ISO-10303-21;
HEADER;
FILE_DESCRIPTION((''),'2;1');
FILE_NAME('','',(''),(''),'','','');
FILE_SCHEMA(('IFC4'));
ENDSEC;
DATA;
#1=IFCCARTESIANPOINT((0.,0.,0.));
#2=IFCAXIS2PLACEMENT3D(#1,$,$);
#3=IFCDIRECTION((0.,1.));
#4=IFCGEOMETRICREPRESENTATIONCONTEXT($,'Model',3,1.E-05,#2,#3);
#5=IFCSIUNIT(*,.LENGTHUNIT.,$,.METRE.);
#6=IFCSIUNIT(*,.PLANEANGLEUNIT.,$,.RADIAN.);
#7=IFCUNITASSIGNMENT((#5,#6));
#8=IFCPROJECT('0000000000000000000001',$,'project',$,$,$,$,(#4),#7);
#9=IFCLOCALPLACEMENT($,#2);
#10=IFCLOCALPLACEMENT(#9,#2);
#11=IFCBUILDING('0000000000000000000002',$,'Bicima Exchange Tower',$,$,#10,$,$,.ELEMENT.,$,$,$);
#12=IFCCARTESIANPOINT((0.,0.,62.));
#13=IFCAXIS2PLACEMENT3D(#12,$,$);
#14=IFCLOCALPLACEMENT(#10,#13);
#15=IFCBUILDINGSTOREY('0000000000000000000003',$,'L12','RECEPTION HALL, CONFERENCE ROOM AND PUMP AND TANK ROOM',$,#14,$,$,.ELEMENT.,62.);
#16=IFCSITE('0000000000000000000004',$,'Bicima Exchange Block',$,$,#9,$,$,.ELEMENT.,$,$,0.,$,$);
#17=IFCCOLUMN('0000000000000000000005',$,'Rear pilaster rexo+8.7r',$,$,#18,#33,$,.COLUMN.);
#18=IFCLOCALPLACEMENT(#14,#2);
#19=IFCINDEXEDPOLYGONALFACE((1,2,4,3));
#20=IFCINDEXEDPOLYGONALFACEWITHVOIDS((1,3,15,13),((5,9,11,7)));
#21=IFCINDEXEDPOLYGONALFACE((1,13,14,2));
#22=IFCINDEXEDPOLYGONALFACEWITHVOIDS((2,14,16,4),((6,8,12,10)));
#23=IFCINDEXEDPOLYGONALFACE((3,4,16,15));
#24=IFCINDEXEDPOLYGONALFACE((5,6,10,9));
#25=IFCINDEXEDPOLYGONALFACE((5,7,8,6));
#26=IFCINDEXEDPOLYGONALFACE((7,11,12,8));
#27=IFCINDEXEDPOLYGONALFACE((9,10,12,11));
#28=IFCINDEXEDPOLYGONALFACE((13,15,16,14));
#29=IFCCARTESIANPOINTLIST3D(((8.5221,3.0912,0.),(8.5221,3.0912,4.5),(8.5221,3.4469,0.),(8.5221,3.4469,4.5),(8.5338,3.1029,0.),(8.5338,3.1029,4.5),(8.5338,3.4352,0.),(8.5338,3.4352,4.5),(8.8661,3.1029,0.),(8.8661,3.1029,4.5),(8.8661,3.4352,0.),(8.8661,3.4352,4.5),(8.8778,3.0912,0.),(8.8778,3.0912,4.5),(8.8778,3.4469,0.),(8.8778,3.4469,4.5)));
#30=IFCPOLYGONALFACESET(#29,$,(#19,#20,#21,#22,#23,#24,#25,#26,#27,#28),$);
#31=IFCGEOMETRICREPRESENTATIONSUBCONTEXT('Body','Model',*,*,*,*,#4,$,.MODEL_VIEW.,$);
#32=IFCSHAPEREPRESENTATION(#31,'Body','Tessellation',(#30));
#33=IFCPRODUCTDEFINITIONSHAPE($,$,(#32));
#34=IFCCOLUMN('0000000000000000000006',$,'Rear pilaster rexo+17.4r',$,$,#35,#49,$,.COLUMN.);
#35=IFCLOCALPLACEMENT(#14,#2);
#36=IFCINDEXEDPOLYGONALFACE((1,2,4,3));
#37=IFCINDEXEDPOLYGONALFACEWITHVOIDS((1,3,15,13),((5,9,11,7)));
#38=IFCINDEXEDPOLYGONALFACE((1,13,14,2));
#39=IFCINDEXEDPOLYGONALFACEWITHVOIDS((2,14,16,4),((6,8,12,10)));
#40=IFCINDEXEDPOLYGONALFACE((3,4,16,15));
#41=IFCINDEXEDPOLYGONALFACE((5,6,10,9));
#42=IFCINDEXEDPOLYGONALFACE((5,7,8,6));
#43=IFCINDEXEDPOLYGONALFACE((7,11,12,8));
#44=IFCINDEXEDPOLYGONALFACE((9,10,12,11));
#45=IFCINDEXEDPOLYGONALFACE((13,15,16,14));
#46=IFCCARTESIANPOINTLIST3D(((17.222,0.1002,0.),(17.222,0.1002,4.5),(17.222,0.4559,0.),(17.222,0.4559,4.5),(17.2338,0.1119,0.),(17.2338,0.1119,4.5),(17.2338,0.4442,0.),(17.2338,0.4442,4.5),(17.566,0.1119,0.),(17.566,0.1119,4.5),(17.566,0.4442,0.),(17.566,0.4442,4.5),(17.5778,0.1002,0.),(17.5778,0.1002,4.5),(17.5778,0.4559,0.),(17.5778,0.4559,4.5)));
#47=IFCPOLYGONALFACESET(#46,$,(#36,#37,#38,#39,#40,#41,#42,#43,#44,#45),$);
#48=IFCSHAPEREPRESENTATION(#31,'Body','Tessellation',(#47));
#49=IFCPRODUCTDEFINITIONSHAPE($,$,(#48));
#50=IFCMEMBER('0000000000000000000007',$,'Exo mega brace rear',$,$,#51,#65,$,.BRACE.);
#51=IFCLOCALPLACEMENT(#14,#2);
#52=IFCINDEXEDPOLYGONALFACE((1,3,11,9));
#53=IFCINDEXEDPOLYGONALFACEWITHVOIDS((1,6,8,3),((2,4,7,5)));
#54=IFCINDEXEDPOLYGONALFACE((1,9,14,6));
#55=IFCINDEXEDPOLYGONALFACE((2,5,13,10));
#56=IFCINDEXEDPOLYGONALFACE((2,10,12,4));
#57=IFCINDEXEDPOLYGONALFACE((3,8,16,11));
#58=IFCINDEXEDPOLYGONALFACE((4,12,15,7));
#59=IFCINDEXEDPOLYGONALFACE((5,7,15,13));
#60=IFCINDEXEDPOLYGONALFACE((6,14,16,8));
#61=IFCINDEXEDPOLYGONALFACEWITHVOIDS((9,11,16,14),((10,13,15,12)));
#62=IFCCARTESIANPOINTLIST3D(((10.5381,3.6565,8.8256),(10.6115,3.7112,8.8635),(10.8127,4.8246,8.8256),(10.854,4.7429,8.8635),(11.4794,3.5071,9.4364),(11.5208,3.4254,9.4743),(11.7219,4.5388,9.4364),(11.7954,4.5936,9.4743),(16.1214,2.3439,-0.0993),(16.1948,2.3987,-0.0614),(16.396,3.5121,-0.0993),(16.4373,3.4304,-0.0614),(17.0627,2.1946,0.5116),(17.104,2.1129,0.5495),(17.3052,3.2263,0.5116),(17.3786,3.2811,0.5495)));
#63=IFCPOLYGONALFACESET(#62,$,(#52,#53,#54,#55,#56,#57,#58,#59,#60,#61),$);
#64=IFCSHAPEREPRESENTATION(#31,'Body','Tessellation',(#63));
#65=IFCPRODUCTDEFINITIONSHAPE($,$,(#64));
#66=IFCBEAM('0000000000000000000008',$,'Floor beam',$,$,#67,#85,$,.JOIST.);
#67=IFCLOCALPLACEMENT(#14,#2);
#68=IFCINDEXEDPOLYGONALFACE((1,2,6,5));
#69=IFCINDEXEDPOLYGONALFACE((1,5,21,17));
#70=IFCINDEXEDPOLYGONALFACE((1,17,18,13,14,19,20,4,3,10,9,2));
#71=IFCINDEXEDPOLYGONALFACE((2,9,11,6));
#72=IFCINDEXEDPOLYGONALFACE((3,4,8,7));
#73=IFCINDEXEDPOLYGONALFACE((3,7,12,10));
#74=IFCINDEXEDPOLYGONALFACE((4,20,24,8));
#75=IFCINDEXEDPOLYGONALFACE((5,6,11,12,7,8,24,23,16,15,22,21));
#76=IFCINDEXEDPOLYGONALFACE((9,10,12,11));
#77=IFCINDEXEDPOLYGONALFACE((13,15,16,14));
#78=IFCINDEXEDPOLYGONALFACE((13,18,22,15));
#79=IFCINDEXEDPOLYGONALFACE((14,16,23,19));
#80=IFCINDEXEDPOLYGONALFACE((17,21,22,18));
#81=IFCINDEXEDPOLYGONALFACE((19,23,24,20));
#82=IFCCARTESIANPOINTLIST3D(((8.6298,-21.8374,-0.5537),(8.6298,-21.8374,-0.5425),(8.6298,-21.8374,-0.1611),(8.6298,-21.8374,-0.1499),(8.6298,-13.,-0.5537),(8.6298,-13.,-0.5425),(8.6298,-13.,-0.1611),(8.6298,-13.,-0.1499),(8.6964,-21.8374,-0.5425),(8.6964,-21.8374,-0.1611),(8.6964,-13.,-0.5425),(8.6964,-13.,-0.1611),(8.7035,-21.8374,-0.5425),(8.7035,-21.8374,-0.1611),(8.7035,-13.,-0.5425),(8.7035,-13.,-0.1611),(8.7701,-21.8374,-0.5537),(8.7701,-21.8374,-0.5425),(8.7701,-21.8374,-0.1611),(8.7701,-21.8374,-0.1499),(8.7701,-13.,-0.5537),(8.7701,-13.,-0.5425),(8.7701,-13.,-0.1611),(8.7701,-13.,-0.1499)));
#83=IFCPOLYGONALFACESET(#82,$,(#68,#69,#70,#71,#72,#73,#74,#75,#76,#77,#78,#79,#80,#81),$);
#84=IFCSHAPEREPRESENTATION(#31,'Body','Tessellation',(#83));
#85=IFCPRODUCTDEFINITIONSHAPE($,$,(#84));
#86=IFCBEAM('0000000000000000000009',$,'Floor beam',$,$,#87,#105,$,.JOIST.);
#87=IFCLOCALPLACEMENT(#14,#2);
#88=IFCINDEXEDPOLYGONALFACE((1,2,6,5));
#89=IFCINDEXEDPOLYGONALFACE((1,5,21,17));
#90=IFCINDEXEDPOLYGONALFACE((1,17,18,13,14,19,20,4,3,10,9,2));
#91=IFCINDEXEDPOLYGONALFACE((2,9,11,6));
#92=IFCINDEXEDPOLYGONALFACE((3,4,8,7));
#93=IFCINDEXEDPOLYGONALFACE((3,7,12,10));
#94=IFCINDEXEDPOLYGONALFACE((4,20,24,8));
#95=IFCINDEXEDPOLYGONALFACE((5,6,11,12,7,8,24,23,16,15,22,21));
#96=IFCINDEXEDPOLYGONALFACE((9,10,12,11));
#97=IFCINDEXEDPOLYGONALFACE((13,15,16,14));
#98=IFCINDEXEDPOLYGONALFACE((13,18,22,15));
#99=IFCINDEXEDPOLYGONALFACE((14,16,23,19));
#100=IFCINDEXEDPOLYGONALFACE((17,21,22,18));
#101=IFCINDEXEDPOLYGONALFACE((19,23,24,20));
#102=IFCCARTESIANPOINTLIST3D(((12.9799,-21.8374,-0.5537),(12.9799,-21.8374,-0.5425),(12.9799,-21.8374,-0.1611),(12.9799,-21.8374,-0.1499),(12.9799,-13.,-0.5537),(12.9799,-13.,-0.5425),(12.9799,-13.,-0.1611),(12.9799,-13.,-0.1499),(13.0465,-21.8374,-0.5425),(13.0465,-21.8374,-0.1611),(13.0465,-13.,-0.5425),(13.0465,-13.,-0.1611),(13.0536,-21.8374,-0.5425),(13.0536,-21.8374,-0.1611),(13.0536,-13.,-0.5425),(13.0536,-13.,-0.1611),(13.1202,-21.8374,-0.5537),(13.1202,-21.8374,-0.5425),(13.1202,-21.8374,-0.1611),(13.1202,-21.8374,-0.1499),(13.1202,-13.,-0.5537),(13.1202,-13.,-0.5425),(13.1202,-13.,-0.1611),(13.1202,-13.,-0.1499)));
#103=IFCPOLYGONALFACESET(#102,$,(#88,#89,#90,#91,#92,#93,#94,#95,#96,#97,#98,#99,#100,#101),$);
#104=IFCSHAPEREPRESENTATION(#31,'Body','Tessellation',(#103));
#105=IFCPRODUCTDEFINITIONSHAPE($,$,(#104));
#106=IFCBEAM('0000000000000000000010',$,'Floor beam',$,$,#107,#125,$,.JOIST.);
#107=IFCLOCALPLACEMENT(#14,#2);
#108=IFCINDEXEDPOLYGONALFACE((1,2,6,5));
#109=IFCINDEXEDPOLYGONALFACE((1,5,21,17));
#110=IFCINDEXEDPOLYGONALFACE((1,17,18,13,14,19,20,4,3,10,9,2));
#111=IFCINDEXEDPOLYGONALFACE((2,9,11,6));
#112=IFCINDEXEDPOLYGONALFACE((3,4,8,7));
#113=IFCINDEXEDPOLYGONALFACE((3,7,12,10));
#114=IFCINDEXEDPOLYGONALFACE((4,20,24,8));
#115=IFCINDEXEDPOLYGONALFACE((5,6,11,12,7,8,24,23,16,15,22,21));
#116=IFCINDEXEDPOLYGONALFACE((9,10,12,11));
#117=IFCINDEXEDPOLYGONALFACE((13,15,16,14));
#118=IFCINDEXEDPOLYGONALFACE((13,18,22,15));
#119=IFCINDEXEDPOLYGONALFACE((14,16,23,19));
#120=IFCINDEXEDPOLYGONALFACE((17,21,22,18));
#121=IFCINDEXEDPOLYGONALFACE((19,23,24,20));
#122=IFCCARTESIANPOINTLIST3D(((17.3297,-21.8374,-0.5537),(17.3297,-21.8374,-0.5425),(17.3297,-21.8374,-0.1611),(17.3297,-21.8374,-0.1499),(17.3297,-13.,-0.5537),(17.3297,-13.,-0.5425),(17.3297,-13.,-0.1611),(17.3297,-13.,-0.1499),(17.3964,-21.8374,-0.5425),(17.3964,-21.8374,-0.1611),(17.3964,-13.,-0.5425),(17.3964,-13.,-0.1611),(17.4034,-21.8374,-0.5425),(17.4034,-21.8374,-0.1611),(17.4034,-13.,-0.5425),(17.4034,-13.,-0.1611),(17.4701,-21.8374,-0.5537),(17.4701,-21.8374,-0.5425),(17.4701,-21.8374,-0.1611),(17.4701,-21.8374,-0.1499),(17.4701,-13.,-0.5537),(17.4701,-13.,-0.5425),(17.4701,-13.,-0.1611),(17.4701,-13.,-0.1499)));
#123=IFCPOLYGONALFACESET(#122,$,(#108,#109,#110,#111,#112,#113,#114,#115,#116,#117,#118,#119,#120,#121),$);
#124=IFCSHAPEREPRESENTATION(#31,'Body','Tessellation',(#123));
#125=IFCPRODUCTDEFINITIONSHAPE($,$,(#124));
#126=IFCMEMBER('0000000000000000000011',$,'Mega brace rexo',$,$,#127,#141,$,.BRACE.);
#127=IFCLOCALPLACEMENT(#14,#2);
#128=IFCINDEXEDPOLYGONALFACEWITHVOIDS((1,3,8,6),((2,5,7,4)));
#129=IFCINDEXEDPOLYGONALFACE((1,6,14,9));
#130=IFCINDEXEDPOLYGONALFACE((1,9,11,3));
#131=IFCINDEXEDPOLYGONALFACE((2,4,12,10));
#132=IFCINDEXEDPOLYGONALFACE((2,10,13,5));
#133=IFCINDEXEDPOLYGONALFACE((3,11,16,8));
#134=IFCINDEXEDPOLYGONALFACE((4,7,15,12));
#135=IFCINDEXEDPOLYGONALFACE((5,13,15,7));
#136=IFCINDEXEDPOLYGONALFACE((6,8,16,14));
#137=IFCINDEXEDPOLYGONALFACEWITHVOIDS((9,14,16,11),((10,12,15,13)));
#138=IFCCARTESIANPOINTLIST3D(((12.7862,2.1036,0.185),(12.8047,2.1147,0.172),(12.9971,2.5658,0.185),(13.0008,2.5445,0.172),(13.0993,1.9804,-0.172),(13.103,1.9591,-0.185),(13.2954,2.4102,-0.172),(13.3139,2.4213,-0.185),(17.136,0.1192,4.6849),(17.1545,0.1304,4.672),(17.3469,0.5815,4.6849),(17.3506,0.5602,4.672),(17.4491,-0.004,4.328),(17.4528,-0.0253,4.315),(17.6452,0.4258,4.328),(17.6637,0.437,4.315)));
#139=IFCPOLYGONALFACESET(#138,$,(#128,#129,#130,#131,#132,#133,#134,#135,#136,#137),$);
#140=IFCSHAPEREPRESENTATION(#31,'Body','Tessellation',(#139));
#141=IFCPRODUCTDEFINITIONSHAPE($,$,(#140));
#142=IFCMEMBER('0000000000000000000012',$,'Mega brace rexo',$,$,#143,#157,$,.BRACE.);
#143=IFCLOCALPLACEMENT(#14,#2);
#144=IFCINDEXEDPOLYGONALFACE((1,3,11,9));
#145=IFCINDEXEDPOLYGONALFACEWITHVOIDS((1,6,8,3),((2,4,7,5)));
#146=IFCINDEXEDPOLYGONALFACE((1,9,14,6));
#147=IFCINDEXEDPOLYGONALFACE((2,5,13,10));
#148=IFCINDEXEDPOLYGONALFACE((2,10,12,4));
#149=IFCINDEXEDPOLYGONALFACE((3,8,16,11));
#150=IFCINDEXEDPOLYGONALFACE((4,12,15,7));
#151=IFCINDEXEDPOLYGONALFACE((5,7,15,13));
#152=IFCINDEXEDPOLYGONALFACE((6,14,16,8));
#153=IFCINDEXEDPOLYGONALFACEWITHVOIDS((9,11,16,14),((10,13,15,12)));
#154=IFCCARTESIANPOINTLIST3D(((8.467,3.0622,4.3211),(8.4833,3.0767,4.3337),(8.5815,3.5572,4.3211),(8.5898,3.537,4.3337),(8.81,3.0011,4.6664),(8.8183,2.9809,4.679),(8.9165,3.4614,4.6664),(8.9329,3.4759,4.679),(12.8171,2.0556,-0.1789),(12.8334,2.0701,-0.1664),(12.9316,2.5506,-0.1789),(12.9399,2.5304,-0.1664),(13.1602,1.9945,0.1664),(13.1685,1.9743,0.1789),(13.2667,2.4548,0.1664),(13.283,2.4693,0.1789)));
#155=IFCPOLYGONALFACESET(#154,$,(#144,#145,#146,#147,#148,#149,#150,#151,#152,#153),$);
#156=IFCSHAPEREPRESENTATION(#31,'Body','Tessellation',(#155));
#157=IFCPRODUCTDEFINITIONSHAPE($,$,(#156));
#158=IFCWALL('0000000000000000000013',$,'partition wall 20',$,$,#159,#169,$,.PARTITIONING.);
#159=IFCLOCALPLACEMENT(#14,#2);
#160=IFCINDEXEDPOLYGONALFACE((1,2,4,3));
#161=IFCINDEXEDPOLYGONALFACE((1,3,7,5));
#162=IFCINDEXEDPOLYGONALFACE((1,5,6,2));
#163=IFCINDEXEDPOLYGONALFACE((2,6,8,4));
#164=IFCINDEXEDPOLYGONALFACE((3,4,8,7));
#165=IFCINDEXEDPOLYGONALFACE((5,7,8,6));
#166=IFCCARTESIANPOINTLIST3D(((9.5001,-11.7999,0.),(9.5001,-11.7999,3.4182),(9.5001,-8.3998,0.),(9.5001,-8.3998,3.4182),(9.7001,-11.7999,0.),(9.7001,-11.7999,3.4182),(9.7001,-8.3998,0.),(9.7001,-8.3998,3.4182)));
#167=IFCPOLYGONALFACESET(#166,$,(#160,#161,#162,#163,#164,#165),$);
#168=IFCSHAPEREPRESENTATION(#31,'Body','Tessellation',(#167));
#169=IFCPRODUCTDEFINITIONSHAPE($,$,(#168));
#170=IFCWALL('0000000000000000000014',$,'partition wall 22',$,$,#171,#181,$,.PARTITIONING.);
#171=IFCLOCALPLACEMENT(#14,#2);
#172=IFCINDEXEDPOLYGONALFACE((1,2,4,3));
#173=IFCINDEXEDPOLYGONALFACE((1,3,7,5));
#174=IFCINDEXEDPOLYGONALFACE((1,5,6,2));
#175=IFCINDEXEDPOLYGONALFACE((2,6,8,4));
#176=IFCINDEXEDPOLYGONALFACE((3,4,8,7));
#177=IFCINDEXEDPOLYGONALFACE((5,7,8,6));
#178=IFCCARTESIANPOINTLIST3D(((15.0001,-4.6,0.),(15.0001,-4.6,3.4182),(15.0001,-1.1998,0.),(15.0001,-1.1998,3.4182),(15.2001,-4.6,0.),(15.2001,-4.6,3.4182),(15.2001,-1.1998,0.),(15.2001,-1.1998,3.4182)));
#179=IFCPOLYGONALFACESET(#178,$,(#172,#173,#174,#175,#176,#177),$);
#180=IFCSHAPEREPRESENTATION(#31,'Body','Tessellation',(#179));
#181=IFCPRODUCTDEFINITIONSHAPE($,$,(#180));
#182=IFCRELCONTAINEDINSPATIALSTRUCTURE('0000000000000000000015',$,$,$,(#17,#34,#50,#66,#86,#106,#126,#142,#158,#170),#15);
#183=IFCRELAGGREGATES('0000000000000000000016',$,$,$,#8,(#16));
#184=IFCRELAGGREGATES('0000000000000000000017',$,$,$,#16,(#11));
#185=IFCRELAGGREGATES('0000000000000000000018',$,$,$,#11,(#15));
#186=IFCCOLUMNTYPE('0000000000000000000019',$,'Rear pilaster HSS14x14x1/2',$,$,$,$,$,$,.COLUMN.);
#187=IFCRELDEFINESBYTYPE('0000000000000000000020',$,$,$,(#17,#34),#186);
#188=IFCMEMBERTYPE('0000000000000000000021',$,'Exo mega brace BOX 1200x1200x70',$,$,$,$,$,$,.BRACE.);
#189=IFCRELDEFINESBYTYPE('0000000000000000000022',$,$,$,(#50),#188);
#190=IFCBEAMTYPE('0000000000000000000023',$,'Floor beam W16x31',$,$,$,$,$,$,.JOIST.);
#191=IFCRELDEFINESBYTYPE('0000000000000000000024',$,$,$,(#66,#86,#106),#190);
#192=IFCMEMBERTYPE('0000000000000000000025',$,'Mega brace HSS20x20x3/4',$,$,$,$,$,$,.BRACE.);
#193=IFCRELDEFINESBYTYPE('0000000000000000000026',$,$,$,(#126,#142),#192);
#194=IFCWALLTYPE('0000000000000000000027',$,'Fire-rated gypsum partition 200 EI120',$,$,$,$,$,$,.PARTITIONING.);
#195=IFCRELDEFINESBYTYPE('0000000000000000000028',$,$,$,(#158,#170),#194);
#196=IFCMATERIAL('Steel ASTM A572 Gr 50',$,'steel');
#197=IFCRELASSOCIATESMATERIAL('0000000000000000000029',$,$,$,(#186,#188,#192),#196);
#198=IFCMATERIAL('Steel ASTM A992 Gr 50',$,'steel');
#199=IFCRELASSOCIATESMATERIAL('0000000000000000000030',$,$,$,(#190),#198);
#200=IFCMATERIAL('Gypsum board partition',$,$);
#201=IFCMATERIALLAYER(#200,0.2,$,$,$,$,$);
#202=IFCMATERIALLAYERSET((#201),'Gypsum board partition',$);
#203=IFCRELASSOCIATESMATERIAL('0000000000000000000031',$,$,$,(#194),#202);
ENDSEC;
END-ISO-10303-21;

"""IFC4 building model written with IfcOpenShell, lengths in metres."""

from ifc_helpers import new_model, si_unit, direction, frame, frame_2d, origin, origin_2d, place, context, subcontext, project, spatial, rectangle, hollow_rectangle, i_section, extrude, material, layer, layer_set, material_profile, profile_set, type_object, element, save


model = new_model("IFC4")

# Units and contexts
model_context = context("Model", 3, precision=1e-05, world=origin(), true_north=direction((0.0, 1.0)))
body_context = subcontext(model_context, "Body", "Model", "MODEL_VIEW")
ifc_project = project(units=[si_unit("LENGTHUNIT", "METRE"), si_unit("PLANEANGLEUNIT", "RADIAN")], contexts=[model_context])

# Site, building, storey
site_placement = place(None, origin())
site = spatial("IfcSite", under=ifc_project, at=site_placement, Name="Bicima Exchange Block", CompositionType="ELEMENT", RefElevation=0.0)
building_placement = place(site_placement, origin())
building = spatial("IfcBuilding", under=site, at=building_placement, Name="Bicima Exchange Tower", CompositionType="ELEMENT")
storey_placement = place(building_placement, frame((0.0, 0.0, 62.0)))
storey = spatial("IfcBuildingStorey", under=building, at=storey_placement, Name="L12", Description="RECEPTION HALL, CONFERENCE ROOM AND PUMP AND TANK ROOM", CompositionType="ELEMENT", Elevation=62.0)

# Columns
ifc_material_1 = material(Name="Steel ASTM A572 Gr 50", Category="steel")
ifc_material_profile_1 = material_profile(ifc_material_1, hollow_rectangle(XDim=0.3557, YDim=0.3557, WallThickness=0.0117, at=origin_2d()))
ifc_profile_set_1 = profile_set([ifc_material_profile_1], Name="Steel ASTM A572 Gr 50")
column_type = type_object("IfcColumnType", Name="Rear pilaster HSS14x14x1/2", PredefinedType="COLUMN", material=ifc_profile_set_1)
for number, where, z_axis, x_axis, name in (
    (1, (8.7, 3.269, 0.0), (0.0, 0.0, 1.0), (1.0, 0.0, 0.0), "Rear pilaster rexo+8.7r"),
    (2, (17.3999, 0.2781, 0.0), (0.0, 0.0, 1.0), (1.0, 0.0, 0.0), "Rear pilaster rexo+17.4r"),
):
    element("IfcColumn", number, at=place(storey_placement, frame(where, z_axis=z_axis, x_axis=x_axis)), inside=storey, type_object=column_type, Name=name, PredefinedType="COLUMN", context=body_context, shape_type="SweptSolid", body=[
        extrude(hollow_rectangle(XDim=0.3557, YDim=0.3557, WallThickness=0.0117, at=origin_2d()), origin(), (0.0, 0.0, 1.0), 4.5),
    ])

# Member
ifc_material_profile_2 = material_profile(ifc_material_1, hollow_rectangle(XDim=1.2, YDim=1.2, WallThickness=0.0701, at=origin_2d()))
ifc_profile_set_2 = profile_set([ifc_material_profile_2], Name="Steel ASTM A572 Gr 50")
member_type_1 = type_object("IfcMemberType", Name="Exo mega brace BOX 1200x1200x70", PredefinedType="BRACE", material=ifc_profile_set_2)
member_1_placement = place(storey_placement, frame((16.75, 2.8125, 0.2251), z_axis=(-0.526283, 0.123718, 0.841261), x_axis=(-0.22884, -0.973464, 0.0)))
element("IfcMember", 3, at=member_1_placement, inside=storey, type_object=member_type_1, Name="Exo mega brace rear", PredefinedType="BRACE", context=body_context, shape_type="SweptSolid", body=[
    extrude(hollow_rectangle(XDim=1.2, YDim=1.2, WallThickness=0.0701, at=origin_2d()), origin(), (0.0, 0.0, 1.0), 10.6089),
])

# Beams
ifc_material_2 = material(Name="Steel ASTM A992 Gr 50", Category="steel")
ifc_material_profile_3 = material_profile(ifc_material_2, i_section(OverallWidth=0.1404, OverallDepth=0.4038, WebThickness=0.0071, FlangeThickness=0.0112, at=origin_2d()))
ifc_profile_set_3 = profile_set([ifc_material_profile_3], Name="Steel ASTM A992 Gr 50")
beam_type = type_object("IfcBeamType", Name="Floor beam W16x31", PredefinedType="JOIST", material=ifc_profile_set_3)
for number, where, z_axis, x_axis, name in (
    (4, (8.7, -13.0, -0.3518), (0.0, -1.0, 0.0), (1.0, 0.0, 0.0), "Floor beam"),
    (5, (13.05, -13.0, -0.3518), (0.0, -1.0, 0.0), (1.0, 0.0, 0.0), "Floor beam"),
    (6, (17.3999, -13.0, -0.3518), (0.0, -1.0, 0.0), (1.0, 0.0, 0.0), "Floor beam"),
):
    element("IfcBeam", number, at=place(storey_placement, frame(where, z_axis=z_axis, x_axis=x_axis)), inside=storey, type_object=beam_type, Name=name, PredefinedType="JOIST", context=body_context, shape_type="SweptSolid", body=[
        extrude(i_section(OverallWidth=0.1404, OverallDepth=0.4038, WebThickness=0.0071, FlangeThickness=0.0112, at=origin_2d()), origin(), (0.0, 0.0, 1.0), 8.8374),
    ])

# Members
ifc_material_profile_4 = material_profile(ifc_material_1, hollow_rectangle(XDim=0.5081, YDim=0.5081, WallThickness=0.0178, at=origin_2d()))
ifc_profile_set_4 = profile_set([ifc_material_profile_4], Name="Steel ASTM A572 Gr 50")
member_type_2 = type_object("IfcMemberType", Name="Mega brace HSS20x20x3/4", PredefinedType="BRACE", material=ifc_profile_set_4)
member_2_placement = place(storey_placement, frame((13.05, 2.2625, 0.0), z_axis=(0.662508, -0.302232, 0.685376), x_axis=(0.415045, 0.909801, 0.0)))
element("IfcMember", 7, at=member_2_placement, inside=storey, type_object=member_type_2, Name="Mega brace rexo", PredefinedType="BRACE", context=body_context, shape_type="SweptSolid", body=[
    extrude(hollow_rectangle(XDim=0.5081, YDim=0.5081, WallThickness=0.0178, at=origin_2d()), origin(), (0.0, 0.0, 1.0), 6.5657),
])
member_3_placement = place(storey_placement, frame((13.05, 2.2625, 0.0), z_axis=(-0.686212, 0.158786, 0.709859), x_axis=(-0.225439, -0.974257, 0.0)))
element("IfcMember", 8, at=member_3_placement, inside=storey, type_object=member_type_2, Name="Mega brace rexo", PredefinedType="BRACE", context=body_context, shape_type="SweptSolid", body=[
    extrude(hollow_rectangle(XDim=0.5081, YDim=0.5081, WallThickness=0.0178, at=origin_2d()), origin(), (0.0, 0.0, 1.0), 6.3394),
])

# Walls
ifc_material_3 = material(Name="Gypsum board partition")
ifc_layer_1 = layer(ifc_material_3, 0.2)
ifc_layer_set_1 = layer_set([ifc_layer_1], Name="Gypsum board partition")
wall_type_1 = type_object("IfcWallType", Name="Fire-rated gypsum partition 200 EI120", PredefinedType="PARTITIONING", material=ifc_layer_set_1)
for number, where, z_axis, x_axis, name in (
    (9, (9.6001, -11.8, 0.0), (0.0, 0.0, 1.0), (0.0, 1.0, 0.0), "partition wall 20"),
    (10, (15.1001, -4.6001, 0.0), (0.0, 0.0, 1.0), (0.0, 1.0, 0.0), "partition wall 22"),
):
    element("IfcWall", number, at=place(storey_placement, frame(where, z_axis=z_axis, x_axis=x_axis)), inside=storey, type_object=wall_type_1, Name=name, PredefinedType="PARTITIONING", context=body_context, shape_type="SweptSolid", body=[
        extrude(rectangle(XDim=3.4001, YDim=0.2, at=frame_2d((1.7002, 0.0))), origin(), (0.0, 0.0, 1.0), 3.4182),
    ])

save(model, "model.ifc")
